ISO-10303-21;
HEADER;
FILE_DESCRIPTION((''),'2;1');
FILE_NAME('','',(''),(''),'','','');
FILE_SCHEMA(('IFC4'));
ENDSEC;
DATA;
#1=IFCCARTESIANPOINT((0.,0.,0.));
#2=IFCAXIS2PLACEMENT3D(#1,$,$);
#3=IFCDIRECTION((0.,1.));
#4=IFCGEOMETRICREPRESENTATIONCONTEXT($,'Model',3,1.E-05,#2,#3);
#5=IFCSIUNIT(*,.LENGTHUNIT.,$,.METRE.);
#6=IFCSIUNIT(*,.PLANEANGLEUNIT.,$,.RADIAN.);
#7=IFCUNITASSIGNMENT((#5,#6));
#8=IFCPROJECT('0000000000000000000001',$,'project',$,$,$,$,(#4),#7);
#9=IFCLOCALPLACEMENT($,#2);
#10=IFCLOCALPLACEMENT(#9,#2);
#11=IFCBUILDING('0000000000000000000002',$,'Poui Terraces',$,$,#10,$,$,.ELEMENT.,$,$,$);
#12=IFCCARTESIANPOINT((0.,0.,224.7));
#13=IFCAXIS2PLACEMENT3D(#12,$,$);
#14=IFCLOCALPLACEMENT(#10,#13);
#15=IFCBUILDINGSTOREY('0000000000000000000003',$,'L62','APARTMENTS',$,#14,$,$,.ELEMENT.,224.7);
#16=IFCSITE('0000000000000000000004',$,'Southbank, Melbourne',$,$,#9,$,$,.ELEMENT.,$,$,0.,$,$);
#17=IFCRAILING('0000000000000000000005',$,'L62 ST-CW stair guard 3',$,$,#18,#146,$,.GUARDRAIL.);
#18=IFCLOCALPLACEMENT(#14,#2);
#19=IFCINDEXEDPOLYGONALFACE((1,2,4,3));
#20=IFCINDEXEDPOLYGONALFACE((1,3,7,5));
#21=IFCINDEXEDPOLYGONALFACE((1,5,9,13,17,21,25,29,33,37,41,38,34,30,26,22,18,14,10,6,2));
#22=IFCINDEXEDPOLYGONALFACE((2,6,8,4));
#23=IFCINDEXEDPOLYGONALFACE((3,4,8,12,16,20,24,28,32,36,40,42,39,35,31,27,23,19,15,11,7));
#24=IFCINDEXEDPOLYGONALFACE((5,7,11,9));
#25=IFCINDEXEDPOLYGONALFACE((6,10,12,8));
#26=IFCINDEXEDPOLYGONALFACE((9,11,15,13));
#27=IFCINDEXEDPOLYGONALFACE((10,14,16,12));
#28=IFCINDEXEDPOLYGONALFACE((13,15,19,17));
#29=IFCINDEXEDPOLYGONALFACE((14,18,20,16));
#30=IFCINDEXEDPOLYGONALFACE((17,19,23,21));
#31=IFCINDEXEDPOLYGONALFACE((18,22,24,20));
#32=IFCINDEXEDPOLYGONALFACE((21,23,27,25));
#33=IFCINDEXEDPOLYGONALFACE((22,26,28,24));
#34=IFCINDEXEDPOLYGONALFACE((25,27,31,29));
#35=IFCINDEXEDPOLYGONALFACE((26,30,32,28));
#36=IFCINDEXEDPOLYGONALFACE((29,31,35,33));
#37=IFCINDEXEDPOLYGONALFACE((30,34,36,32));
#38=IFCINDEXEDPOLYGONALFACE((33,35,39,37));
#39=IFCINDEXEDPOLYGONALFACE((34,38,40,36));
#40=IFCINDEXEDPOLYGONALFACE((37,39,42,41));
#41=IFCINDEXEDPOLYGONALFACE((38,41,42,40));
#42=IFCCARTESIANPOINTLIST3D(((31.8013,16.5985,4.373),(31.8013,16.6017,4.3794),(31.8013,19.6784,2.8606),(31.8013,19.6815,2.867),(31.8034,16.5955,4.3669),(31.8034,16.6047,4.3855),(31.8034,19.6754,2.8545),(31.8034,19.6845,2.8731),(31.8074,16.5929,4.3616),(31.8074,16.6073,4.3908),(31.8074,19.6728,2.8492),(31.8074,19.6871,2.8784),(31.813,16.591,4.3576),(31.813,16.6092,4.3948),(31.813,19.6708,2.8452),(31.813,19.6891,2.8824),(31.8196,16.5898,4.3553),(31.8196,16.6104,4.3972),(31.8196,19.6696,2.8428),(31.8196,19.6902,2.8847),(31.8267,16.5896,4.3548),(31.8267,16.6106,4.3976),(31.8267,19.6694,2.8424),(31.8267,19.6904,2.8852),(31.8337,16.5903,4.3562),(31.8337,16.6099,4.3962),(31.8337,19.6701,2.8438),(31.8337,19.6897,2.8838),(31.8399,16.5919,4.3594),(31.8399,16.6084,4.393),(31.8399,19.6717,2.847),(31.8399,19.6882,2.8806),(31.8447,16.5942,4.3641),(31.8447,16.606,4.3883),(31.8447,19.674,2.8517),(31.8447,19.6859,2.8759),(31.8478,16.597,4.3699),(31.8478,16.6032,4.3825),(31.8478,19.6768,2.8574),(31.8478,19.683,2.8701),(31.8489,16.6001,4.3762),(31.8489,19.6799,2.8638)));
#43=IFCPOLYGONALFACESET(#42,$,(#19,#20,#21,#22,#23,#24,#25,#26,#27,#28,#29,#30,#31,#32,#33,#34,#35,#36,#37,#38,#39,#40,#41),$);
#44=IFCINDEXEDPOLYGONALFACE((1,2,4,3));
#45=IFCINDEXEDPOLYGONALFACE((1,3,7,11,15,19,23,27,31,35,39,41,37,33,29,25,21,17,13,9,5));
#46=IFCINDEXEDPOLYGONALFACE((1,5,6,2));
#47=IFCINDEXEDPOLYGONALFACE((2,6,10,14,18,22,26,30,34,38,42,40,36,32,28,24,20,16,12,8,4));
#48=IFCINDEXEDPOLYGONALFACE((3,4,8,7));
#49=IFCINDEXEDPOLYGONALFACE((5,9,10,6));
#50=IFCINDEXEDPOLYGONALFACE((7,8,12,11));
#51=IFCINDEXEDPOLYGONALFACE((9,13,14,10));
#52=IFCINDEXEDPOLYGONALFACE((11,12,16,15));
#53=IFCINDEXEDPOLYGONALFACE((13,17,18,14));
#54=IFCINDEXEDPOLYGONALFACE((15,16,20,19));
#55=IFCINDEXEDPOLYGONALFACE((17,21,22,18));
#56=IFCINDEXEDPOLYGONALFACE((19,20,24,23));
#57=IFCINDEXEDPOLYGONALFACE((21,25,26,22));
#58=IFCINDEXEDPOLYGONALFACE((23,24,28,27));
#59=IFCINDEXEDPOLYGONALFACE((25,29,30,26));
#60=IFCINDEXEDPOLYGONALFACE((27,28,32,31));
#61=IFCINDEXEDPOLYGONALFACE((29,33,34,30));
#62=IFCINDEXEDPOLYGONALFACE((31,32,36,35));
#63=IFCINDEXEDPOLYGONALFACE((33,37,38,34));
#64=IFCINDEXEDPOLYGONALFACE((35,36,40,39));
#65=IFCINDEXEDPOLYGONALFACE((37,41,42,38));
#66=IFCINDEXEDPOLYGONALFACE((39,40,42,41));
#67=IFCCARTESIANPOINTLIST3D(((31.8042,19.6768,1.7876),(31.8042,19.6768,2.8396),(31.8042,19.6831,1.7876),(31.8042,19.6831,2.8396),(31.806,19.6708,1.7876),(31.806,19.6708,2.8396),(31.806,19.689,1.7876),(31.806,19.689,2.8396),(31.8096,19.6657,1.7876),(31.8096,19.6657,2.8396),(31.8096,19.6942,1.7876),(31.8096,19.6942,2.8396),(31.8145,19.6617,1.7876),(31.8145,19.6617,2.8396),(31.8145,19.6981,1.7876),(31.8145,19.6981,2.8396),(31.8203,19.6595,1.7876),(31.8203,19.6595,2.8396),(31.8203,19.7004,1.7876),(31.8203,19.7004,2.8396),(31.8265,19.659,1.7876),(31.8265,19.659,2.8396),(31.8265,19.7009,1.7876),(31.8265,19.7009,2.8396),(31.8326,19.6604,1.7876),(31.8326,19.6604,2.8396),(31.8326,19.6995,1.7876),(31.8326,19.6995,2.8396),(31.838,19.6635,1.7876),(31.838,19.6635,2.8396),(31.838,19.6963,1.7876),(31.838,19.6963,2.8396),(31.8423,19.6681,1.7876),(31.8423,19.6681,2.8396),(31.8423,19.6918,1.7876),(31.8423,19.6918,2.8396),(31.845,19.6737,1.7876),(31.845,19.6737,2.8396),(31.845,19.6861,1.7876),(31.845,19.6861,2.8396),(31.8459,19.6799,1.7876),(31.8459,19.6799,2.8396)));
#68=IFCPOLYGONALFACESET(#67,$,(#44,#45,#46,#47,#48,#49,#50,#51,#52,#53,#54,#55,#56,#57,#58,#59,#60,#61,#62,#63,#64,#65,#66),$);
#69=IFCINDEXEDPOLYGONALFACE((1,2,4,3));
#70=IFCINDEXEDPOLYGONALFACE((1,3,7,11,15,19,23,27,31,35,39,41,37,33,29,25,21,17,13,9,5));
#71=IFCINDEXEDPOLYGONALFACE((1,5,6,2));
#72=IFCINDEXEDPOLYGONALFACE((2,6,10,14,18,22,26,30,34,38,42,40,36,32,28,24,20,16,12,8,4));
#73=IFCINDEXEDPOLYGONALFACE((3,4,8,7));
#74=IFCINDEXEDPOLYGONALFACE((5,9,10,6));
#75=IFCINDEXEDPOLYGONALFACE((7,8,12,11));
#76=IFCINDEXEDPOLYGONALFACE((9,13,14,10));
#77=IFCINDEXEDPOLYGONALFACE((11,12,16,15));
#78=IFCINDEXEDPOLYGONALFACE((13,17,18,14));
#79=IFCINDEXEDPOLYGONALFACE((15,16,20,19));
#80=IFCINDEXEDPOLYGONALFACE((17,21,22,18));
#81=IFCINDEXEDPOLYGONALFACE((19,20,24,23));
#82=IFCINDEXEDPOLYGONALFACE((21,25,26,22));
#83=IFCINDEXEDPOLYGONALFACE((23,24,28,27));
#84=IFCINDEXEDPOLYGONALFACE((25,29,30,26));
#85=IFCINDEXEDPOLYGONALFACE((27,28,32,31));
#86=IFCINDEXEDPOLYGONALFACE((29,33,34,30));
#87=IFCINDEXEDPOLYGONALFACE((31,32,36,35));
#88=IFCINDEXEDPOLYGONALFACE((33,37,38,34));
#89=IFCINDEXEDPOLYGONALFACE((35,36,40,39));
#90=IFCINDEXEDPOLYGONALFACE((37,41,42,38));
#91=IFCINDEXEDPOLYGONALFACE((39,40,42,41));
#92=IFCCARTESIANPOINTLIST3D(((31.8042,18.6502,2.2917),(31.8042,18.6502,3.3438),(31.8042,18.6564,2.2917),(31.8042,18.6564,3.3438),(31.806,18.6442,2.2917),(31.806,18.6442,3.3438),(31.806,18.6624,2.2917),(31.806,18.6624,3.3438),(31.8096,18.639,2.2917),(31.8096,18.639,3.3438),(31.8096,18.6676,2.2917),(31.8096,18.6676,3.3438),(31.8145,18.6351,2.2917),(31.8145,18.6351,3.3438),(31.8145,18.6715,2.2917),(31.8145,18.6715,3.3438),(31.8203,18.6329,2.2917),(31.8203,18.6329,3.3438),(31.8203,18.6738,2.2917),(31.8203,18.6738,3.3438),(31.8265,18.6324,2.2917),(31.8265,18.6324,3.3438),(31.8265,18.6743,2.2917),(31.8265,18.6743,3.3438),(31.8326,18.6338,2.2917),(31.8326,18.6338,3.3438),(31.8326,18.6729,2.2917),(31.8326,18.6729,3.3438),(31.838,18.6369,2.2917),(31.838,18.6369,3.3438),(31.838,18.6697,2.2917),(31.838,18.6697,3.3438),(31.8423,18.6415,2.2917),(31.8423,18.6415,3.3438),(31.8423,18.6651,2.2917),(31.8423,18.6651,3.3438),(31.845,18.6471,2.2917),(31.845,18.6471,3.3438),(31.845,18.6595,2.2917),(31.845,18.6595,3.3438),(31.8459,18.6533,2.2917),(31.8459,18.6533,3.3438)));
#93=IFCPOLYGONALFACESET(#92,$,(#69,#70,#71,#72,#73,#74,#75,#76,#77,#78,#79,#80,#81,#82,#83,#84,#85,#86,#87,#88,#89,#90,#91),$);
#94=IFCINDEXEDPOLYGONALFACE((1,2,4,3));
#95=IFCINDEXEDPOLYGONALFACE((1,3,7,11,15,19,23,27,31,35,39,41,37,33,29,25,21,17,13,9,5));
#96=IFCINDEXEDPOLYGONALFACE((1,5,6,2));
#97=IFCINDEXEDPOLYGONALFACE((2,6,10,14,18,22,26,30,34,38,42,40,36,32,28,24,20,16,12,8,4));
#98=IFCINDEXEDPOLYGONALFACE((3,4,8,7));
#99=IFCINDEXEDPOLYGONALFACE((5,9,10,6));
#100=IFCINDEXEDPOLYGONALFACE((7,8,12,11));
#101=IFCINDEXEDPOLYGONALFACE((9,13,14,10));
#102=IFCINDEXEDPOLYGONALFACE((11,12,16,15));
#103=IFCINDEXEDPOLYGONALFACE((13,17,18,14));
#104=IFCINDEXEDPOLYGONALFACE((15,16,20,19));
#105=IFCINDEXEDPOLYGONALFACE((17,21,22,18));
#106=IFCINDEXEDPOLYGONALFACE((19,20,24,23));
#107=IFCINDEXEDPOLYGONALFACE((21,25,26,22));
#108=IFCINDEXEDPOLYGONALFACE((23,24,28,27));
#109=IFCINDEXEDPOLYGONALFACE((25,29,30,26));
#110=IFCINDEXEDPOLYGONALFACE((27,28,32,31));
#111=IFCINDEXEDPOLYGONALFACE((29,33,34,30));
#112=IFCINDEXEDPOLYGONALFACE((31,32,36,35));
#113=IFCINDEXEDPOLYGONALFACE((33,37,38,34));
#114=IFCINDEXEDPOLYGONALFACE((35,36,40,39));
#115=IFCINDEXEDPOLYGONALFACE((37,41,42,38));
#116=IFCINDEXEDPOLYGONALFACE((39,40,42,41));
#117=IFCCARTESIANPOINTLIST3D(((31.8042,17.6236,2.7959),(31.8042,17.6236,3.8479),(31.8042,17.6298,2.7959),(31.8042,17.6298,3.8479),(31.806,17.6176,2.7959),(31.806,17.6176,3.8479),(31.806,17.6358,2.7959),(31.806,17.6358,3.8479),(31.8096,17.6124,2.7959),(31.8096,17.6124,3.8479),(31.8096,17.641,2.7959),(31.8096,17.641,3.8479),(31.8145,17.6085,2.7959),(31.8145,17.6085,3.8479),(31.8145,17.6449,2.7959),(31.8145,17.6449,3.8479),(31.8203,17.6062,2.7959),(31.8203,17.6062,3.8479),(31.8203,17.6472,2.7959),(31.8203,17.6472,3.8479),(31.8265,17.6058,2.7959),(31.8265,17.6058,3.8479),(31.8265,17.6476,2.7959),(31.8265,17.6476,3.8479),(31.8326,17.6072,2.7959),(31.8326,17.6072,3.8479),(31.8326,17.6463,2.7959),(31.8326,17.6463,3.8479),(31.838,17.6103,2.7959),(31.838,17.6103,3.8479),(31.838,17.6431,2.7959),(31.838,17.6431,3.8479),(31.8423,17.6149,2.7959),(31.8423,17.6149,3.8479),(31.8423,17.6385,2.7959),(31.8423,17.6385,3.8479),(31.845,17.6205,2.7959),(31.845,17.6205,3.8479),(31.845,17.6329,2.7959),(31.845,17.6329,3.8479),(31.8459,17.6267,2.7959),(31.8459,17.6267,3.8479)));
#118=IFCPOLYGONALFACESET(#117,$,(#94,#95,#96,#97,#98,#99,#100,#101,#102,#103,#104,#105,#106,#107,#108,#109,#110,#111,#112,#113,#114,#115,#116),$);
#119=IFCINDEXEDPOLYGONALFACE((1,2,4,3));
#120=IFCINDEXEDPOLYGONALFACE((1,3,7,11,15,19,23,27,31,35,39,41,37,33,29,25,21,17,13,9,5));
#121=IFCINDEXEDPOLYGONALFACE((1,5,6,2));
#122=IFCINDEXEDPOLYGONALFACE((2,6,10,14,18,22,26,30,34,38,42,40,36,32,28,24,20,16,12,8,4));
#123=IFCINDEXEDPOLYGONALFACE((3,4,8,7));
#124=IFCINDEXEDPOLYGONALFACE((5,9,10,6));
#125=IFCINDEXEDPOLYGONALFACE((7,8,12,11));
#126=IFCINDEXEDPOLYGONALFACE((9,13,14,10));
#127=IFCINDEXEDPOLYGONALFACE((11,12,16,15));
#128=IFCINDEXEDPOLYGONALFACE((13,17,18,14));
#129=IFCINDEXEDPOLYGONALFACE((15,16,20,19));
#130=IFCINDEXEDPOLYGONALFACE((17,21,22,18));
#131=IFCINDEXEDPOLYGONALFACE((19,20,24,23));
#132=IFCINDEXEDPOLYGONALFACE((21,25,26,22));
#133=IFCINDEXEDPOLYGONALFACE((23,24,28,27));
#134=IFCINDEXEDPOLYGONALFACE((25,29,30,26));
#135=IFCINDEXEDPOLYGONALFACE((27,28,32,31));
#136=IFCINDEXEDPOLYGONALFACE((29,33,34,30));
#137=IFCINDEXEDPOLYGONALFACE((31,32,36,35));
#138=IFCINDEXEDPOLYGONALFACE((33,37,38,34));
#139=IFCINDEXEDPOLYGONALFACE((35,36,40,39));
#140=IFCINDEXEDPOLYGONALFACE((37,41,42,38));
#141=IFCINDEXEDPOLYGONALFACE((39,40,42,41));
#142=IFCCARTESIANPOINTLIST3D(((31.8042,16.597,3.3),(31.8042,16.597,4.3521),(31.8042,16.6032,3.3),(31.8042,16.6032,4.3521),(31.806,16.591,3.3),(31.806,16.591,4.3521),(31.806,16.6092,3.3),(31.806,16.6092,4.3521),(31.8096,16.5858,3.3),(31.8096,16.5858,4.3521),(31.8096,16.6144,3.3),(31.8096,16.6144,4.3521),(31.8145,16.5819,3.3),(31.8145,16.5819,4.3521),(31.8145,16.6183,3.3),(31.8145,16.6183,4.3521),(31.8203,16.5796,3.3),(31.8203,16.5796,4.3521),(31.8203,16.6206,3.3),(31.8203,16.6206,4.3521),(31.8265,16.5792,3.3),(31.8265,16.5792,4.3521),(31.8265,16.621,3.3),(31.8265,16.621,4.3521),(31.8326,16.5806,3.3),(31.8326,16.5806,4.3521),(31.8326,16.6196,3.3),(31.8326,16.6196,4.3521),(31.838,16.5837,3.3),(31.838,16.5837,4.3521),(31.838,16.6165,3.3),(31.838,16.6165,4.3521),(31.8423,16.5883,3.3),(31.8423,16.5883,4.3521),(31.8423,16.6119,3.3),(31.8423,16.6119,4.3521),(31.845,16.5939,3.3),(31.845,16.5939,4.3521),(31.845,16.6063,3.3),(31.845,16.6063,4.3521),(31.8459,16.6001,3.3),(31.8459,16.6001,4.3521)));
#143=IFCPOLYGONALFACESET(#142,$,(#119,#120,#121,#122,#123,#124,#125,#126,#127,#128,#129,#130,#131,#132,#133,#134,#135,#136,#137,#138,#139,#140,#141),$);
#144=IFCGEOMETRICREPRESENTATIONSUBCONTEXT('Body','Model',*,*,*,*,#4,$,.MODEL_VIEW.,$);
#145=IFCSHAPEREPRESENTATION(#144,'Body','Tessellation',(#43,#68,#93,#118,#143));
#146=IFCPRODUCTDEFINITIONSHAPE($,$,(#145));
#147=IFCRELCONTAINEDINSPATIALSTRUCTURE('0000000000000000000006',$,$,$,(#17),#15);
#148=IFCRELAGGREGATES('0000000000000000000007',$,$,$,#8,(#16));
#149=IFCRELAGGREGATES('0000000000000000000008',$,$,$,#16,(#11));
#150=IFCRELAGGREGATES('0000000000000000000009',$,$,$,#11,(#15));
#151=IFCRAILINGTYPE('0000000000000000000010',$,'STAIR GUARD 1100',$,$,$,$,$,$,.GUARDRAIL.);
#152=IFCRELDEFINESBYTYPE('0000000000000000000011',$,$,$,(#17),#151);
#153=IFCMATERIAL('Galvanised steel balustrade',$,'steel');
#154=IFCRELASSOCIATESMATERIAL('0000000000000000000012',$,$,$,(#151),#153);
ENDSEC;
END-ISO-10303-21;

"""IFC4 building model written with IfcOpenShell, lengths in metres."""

from ifc_helpers import new_model, si_unit, direction, frame, origin, origin_2d, place, context, subcontext, project, spatial, circle, extrude, material, type_object, element, save


model = new_model("IFC4")

# Units and contexts
model_context = context("Model", 3, precision=1e-05, world=origin(), true_north=direction((0.0, 1.0)))
body_context = subcontext(model_context, "Body", "Model", "MODEL_VIEW")
ifc_project = project(units=[si_unit("LENGTHUNIT", "METRE"), si_unit("PLANEANGLEUNIT", "RADIAN")], contexts=[model_context])

# Site, building, storey
site_placement = place(None, origin())
site = spatial("IfcSite", under=ifc_project, at=site_placement, Name="Southbank, Melbourne", CompositionType="ELEMENT", RefElevation=0.0)
building_placement = place(site_placement, origin())
building = spatial("IfcBuilding", under=site, at=building_placement, Name="Poui Terraces", CompositionType="ELEMENT")
storey_placement = place(building_placement, frame((0.0, 0.0, 224.7)))
storey = spatial("IfcBuildingStorey", under=building, at=storey_placement, Name="L62", Description="APARTMENTS", CompositionType="ELEMENT", Elevation=224.7)

# Railing
ifc_material_1 = material(Name="Galvanised steel balustrade", Category="steel")
railing_type_1 = type_object("IfcRailingType", Name="STAIR GUARD 1100", PredefinedType="GUARDRAIL", material=ifc_material_1)
railing_1_placement = place(storey_placement, frame((31.825, 19.6799, 1.7876)))
element("IfcRailing", 1, at=railing_1_placement, inside=storey, type_object=railing_type_1, Name="L62 ST-CW stair guard 3", PredefinedType="GUARDRAIL", context=body_context, shape_type="SweptSolid", body=[
    extrude(circle(Radius=0.0239, at=origin_2d()), frame((0.0, 0.0, 1.0762), z_axis=(0.0, -0.897606, 0.440798), x_axis=(1.0, 0.0, 0.0)), (0.0, 0.0, 1.0), 3.4312),
    extrude(circle(Radius=0.021, at=origin_2d()), origin(), (0.0, 0.0, 1.0), 1.052),
    extrude(circle(Radius=0.021, at=origin_2d()), frame((0.0, -1.0266, 0.5042)), (0.0, 0.0, 1.0), 1.052),
    extrude(circle(Radius=0.021, at=origin_2d()), frame((0.0, -2.0532, 1.0083)), (0.0, 0.0, 1.0), 1.052),
    extrude(circle(Radius=0.021, at=origin_2d()), frame((0.0, -3.0798, 1.5125)), (0.0, 0.0, 1.0), 1.052),
])

save(model, "model.ifc")
